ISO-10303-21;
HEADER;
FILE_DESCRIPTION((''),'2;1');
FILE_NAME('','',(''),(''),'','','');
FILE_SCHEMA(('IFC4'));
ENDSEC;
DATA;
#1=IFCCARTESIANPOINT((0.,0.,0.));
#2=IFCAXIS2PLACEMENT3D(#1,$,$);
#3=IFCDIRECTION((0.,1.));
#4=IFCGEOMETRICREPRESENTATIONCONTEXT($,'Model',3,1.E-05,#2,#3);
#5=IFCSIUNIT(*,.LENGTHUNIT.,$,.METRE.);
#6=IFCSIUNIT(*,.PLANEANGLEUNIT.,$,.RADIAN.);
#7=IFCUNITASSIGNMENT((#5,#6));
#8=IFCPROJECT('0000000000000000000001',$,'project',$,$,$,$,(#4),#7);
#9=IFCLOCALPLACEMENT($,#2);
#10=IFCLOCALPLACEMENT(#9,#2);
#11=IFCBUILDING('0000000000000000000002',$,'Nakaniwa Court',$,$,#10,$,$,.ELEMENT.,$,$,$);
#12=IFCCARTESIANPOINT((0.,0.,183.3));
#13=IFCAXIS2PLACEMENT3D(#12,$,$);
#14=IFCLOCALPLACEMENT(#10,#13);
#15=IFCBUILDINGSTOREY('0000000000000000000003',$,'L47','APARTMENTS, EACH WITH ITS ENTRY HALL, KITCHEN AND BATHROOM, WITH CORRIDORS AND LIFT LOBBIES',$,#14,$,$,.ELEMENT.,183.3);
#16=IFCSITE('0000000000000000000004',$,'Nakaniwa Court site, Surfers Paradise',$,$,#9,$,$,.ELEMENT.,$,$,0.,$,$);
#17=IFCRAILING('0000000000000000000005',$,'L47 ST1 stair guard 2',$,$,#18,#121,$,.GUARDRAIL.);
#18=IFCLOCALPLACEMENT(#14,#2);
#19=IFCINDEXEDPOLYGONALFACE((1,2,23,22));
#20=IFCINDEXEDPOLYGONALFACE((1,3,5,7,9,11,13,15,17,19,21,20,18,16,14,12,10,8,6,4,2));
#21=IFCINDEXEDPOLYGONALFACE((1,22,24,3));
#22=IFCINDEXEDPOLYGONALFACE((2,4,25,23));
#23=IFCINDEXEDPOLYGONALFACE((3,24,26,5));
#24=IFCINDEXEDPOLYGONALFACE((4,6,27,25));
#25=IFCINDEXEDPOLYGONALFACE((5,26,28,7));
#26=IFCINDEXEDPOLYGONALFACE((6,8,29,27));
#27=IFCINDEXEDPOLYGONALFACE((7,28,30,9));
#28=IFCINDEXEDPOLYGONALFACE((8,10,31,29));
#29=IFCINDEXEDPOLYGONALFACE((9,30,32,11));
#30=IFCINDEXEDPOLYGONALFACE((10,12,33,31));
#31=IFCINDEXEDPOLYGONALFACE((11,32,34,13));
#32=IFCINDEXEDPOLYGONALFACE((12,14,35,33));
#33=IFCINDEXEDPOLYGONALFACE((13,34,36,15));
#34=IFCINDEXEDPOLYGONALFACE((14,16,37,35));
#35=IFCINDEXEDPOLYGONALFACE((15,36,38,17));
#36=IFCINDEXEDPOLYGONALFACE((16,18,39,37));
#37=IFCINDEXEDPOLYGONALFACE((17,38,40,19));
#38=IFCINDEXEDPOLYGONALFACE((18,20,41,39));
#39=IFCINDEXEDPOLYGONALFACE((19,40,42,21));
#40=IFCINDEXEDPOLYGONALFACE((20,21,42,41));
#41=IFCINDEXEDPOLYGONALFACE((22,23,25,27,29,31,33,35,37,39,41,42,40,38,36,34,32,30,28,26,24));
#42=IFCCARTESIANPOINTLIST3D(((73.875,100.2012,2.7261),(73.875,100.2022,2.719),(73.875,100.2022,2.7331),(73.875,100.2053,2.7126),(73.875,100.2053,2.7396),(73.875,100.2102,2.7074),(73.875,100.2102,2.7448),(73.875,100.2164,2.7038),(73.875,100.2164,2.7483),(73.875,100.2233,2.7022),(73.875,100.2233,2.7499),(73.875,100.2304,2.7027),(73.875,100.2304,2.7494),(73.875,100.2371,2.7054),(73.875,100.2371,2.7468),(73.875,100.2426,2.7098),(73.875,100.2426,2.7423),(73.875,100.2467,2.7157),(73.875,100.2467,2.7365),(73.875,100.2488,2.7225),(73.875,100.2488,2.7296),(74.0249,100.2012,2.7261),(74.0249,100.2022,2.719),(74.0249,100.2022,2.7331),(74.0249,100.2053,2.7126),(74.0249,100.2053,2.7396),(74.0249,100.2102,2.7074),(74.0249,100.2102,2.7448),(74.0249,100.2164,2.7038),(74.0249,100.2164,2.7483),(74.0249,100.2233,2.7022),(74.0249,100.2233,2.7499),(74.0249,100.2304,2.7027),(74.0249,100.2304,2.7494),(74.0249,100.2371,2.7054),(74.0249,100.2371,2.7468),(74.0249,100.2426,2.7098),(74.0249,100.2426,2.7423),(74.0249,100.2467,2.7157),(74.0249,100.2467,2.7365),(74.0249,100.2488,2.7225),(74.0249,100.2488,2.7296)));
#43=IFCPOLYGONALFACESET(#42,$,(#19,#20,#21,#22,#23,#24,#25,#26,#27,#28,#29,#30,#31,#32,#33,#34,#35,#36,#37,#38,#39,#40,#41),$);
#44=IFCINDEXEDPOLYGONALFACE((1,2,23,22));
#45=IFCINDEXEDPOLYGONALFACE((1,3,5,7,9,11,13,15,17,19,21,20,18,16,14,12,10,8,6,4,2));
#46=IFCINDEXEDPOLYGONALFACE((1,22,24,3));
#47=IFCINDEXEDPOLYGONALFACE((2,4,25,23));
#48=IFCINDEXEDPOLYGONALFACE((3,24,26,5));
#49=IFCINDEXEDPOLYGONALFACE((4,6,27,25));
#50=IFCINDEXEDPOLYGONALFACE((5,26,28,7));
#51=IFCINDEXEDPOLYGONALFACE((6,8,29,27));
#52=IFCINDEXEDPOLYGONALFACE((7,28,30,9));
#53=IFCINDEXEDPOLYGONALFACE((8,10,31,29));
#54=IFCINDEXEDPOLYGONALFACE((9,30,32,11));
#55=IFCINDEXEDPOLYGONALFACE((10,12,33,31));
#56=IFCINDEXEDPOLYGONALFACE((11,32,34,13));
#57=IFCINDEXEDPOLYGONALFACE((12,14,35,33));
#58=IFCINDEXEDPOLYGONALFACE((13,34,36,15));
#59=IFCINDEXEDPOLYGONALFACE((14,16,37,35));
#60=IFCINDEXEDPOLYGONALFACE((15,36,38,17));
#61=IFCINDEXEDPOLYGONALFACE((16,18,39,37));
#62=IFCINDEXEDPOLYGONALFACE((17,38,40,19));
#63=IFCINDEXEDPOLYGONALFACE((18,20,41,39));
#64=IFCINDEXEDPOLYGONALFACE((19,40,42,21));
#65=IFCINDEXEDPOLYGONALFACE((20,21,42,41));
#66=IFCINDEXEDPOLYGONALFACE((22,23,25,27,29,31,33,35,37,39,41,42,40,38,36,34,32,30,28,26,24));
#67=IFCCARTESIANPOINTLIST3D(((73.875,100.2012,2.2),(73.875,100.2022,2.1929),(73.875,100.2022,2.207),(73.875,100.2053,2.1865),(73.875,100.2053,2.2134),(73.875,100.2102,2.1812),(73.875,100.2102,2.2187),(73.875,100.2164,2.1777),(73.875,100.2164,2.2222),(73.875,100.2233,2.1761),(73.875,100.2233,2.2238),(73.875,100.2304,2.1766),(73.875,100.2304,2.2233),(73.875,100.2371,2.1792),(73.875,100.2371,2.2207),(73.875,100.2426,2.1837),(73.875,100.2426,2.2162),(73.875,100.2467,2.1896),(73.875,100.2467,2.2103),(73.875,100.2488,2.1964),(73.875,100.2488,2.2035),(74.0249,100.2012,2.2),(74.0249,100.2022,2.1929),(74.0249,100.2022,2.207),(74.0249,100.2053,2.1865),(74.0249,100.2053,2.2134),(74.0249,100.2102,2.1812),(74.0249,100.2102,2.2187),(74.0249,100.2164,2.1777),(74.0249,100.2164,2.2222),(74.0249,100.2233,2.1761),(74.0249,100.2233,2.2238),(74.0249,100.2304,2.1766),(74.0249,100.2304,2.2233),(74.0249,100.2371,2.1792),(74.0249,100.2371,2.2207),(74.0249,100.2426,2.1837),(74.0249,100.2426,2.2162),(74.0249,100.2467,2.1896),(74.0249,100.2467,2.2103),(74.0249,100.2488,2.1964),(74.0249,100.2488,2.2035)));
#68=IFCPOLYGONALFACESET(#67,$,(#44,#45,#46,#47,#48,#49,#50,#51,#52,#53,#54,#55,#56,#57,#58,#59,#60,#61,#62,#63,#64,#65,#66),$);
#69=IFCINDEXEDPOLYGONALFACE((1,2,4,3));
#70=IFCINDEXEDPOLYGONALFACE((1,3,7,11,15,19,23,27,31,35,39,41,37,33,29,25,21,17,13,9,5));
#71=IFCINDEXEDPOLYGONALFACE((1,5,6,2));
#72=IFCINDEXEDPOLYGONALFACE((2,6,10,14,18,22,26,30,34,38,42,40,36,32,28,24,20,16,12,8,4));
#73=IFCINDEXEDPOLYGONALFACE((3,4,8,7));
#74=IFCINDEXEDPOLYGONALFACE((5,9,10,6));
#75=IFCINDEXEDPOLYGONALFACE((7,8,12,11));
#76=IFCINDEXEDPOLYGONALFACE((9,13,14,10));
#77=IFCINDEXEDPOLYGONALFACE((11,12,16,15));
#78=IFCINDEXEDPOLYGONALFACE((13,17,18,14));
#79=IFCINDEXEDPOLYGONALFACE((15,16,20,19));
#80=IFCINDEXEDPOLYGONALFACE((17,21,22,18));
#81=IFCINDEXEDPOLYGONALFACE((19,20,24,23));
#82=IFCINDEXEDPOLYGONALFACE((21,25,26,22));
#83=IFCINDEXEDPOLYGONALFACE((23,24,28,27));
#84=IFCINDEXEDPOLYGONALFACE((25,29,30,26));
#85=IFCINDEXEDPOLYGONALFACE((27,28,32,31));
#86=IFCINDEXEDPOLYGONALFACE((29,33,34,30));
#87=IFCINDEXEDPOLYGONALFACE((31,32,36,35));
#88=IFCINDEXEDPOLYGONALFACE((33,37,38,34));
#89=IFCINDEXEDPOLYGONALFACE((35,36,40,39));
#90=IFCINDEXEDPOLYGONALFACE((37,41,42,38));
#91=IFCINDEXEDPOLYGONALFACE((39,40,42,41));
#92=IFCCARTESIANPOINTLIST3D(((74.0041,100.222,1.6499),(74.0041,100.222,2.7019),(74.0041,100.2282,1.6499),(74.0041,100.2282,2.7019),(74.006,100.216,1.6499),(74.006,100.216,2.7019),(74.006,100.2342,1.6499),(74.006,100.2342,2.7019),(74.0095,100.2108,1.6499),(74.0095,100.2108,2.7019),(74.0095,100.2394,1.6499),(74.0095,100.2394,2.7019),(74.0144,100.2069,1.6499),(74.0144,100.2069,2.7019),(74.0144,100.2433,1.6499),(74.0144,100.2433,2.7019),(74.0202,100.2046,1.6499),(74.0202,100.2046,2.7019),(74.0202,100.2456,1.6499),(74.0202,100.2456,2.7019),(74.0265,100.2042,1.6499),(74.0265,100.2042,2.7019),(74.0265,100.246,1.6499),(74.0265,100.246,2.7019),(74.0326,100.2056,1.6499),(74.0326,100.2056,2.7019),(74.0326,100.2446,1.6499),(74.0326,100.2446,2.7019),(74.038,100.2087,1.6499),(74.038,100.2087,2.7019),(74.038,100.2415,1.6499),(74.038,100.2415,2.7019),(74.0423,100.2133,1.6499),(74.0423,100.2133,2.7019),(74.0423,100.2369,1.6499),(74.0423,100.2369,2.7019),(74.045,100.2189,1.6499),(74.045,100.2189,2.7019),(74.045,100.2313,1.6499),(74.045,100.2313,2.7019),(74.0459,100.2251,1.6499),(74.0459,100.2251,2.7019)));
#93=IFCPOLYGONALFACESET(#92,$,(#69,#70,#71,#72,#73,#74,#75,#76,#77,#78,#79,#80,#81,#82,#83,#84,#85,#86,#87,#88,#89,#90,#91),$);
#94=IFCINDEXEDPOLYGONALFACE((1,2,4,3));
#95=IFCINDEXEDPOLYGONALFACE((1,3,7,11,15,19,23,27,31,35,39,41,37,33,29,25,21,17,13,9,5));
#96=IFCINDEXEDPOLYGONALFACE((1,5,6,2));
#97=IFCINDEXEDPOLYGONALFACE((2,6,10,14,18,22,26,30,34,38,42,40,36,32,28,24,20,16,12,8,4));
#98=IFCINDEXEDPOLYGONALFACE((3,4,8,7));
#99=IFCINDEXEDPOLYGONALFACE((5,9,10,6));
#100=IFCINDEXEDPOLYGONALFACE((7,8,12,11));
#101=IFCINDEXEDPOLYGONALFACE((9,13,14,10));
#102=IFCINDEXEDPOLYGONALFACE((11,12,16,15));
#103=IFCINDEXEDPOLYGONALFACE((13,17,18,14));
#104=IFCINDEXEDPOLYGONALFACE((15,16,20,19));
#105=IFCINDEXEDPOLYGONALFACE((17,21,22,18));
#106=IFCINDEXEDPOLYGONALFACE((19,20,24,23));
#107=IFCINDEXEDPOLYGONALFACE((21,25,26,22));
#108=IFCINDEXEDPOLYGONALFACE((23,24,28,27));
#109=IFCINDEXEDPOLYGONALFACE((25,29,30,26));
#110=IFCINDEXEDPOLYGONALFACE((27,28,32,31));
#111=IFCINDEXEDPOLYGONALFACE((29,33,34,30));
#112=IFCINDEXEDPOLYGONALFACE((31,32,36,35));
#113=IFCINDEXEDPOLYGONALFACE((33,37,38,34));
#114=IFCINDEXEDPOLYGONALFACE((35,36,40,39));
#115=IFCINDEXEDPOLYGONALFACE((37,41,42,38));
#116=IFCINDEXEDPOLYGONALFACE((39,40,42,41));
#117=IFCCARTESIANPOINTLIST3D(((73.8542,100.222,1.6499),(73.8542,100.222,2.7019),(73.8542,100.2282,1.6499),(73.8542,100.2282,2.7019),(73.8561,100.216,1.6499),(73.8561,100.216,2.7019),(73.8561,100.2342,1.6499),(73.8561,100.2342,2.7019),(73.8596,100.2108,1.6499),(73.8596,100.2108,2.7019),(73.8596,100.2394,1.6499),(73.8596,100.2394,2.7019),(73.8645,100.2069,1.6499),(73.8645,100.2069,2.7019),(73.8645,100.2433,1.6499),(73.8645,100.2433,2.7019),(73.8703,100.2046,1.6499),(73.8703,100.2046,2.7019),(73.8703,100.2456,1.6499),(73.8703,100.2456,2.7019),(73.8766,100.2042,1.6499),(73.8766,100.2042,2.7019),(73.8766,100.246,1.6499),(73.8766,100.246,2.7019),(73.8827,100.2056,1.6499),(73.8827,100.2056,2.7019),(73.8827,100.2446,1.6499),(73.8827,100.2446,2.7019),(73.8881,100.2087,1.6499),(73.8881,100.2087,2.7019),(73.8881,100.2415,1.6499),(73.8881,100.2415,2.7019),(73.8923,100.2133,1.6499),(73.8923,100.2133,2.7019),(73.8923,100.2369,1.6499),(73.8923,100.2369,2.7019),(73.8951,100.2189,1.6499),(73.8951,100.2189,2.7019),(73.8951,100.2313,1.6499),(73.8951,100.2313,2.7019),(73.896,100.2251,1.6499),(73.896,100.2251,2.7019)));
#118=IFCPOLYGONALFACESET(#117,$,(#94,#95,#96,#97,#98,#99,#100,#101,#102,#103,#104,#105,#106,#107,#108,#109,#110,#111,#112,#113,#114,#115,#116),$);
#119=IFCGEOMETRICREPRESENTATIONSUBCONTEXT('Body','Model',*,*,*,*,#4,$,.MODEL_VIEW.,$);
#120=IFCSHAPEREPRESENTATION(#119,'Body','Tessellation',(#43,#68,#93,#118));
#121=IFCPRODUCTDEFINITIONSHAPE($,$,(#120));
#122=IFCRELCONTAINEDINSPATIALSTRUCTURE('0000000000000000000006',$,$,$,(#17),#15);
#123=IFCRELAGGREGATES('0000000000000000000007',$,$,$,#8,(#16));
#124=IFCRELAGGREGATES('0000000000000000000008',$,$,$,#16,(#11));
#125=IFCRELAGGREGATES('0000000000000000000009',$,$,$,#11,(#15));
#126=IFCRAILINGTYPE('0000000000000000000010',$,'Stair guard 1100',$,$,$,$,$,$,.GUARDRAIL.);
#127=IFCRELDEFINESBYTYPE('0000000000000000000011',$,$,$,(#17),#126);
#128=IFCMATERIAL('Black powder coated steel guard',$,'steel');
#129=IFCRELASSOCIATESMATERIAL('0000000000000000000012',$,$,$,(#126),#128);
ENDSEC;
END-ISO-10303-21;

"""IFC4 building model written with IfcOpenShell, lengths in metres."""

from ifc_helpers import new_model, si_unit, direction, frame, origin, origin_2d, place, context, subcontext, project, spatial, circle, extrude, material, type_object, element, save


model = new_model("IFC4")

# Units and contexts
model_context = context("Model", 3, precision=1e-05, world=origin(), true_north=direction((0.0, 1.0)))
body_context = subcontext(model_context, "Body", "Model", "MODEL_VIEW")
ifc_project = project(units=[si_unit("LENGTHUNIT", "METRE"), si_unit("PLANEANGLEUNIT", "RADIAN")], contexts=[model_context])

# Site, building, storey
site_placement = place(None, origin())
site = spatial("IfcSite", under=ifc_project, at=site_placement, Name="Nakaniwa Court site, Surfers Paradise", CompositionType="ELEMENT", RefElevation=0.0)
building_placement = place(site_placement, origin())
building = spatial("IfcBuilding", under=site, at=building_placement, Name="Nakaniwa Court", CompositionType="ELEMENT")
storey_placement = place(building_placement, frame((0.0, 0.0, 183.3)))
storey = spatial("IfcBuildingStorey", under=building, at=storey_placement, Name="L47", Description="APARTMENTS, EACH WITH ITS ENTRY HALL, KITCHEN AND BATHROOM, WITH CORRIDORS AND LIFT LOBBIES", CompositionType="ELEMENT", Elevation=183.3)

# Railing
ifc_material_1 = material(Name="Black powder coated steel guard", Category="steel")
railing_type_1 = type_object("IfcRailingType", Name="Stair guard 1100", PredefinedType="GUARDRAIL", material=ifc_material_1)
railing_1_placement = place(storey_placement, frame((74.0249, 100.2251, 1.6499)))
element("IfcRailing", 1, at=railing_1_placement, inside=storey, type_object=railing_type_1, Name="L47 ST1 stair guard 2", PredefinedType="GUARDRAIL", context=body_context, shape_type="SweptSolid", body=[
    extrude(circle(Radius=0.0239, at=origin_2d()), frame((0.0, 0.0, 1.0762), z_axis=(-1.0, 0.0, 0.0), x_axis=(0.0, -1.0, 0.0)), (0.0, 0.0, 1.0), 0.1499),
    extrude(circle(Radius=0.0239, at=origin_2d()), frame((0.0, 0.0, 0.55), z_axis=(-1.0, 0.0, 0.0), x_axis=(0.0, -1.0, 0.0)), (0.0, 0.0, 1.0), 0.1499),
    extrude(circle(Radius=0.021, at=origin_2d()), origin(), (0.0, 0.0, 1.0), 1.052),
    extrude(circle(Radius=0.021, at=origin_2d()), frame((-0.1499, 0.0, 0.0)), (0.0, 0.0, 1.0), 1.052),
])

save(model, "model.ifc")
